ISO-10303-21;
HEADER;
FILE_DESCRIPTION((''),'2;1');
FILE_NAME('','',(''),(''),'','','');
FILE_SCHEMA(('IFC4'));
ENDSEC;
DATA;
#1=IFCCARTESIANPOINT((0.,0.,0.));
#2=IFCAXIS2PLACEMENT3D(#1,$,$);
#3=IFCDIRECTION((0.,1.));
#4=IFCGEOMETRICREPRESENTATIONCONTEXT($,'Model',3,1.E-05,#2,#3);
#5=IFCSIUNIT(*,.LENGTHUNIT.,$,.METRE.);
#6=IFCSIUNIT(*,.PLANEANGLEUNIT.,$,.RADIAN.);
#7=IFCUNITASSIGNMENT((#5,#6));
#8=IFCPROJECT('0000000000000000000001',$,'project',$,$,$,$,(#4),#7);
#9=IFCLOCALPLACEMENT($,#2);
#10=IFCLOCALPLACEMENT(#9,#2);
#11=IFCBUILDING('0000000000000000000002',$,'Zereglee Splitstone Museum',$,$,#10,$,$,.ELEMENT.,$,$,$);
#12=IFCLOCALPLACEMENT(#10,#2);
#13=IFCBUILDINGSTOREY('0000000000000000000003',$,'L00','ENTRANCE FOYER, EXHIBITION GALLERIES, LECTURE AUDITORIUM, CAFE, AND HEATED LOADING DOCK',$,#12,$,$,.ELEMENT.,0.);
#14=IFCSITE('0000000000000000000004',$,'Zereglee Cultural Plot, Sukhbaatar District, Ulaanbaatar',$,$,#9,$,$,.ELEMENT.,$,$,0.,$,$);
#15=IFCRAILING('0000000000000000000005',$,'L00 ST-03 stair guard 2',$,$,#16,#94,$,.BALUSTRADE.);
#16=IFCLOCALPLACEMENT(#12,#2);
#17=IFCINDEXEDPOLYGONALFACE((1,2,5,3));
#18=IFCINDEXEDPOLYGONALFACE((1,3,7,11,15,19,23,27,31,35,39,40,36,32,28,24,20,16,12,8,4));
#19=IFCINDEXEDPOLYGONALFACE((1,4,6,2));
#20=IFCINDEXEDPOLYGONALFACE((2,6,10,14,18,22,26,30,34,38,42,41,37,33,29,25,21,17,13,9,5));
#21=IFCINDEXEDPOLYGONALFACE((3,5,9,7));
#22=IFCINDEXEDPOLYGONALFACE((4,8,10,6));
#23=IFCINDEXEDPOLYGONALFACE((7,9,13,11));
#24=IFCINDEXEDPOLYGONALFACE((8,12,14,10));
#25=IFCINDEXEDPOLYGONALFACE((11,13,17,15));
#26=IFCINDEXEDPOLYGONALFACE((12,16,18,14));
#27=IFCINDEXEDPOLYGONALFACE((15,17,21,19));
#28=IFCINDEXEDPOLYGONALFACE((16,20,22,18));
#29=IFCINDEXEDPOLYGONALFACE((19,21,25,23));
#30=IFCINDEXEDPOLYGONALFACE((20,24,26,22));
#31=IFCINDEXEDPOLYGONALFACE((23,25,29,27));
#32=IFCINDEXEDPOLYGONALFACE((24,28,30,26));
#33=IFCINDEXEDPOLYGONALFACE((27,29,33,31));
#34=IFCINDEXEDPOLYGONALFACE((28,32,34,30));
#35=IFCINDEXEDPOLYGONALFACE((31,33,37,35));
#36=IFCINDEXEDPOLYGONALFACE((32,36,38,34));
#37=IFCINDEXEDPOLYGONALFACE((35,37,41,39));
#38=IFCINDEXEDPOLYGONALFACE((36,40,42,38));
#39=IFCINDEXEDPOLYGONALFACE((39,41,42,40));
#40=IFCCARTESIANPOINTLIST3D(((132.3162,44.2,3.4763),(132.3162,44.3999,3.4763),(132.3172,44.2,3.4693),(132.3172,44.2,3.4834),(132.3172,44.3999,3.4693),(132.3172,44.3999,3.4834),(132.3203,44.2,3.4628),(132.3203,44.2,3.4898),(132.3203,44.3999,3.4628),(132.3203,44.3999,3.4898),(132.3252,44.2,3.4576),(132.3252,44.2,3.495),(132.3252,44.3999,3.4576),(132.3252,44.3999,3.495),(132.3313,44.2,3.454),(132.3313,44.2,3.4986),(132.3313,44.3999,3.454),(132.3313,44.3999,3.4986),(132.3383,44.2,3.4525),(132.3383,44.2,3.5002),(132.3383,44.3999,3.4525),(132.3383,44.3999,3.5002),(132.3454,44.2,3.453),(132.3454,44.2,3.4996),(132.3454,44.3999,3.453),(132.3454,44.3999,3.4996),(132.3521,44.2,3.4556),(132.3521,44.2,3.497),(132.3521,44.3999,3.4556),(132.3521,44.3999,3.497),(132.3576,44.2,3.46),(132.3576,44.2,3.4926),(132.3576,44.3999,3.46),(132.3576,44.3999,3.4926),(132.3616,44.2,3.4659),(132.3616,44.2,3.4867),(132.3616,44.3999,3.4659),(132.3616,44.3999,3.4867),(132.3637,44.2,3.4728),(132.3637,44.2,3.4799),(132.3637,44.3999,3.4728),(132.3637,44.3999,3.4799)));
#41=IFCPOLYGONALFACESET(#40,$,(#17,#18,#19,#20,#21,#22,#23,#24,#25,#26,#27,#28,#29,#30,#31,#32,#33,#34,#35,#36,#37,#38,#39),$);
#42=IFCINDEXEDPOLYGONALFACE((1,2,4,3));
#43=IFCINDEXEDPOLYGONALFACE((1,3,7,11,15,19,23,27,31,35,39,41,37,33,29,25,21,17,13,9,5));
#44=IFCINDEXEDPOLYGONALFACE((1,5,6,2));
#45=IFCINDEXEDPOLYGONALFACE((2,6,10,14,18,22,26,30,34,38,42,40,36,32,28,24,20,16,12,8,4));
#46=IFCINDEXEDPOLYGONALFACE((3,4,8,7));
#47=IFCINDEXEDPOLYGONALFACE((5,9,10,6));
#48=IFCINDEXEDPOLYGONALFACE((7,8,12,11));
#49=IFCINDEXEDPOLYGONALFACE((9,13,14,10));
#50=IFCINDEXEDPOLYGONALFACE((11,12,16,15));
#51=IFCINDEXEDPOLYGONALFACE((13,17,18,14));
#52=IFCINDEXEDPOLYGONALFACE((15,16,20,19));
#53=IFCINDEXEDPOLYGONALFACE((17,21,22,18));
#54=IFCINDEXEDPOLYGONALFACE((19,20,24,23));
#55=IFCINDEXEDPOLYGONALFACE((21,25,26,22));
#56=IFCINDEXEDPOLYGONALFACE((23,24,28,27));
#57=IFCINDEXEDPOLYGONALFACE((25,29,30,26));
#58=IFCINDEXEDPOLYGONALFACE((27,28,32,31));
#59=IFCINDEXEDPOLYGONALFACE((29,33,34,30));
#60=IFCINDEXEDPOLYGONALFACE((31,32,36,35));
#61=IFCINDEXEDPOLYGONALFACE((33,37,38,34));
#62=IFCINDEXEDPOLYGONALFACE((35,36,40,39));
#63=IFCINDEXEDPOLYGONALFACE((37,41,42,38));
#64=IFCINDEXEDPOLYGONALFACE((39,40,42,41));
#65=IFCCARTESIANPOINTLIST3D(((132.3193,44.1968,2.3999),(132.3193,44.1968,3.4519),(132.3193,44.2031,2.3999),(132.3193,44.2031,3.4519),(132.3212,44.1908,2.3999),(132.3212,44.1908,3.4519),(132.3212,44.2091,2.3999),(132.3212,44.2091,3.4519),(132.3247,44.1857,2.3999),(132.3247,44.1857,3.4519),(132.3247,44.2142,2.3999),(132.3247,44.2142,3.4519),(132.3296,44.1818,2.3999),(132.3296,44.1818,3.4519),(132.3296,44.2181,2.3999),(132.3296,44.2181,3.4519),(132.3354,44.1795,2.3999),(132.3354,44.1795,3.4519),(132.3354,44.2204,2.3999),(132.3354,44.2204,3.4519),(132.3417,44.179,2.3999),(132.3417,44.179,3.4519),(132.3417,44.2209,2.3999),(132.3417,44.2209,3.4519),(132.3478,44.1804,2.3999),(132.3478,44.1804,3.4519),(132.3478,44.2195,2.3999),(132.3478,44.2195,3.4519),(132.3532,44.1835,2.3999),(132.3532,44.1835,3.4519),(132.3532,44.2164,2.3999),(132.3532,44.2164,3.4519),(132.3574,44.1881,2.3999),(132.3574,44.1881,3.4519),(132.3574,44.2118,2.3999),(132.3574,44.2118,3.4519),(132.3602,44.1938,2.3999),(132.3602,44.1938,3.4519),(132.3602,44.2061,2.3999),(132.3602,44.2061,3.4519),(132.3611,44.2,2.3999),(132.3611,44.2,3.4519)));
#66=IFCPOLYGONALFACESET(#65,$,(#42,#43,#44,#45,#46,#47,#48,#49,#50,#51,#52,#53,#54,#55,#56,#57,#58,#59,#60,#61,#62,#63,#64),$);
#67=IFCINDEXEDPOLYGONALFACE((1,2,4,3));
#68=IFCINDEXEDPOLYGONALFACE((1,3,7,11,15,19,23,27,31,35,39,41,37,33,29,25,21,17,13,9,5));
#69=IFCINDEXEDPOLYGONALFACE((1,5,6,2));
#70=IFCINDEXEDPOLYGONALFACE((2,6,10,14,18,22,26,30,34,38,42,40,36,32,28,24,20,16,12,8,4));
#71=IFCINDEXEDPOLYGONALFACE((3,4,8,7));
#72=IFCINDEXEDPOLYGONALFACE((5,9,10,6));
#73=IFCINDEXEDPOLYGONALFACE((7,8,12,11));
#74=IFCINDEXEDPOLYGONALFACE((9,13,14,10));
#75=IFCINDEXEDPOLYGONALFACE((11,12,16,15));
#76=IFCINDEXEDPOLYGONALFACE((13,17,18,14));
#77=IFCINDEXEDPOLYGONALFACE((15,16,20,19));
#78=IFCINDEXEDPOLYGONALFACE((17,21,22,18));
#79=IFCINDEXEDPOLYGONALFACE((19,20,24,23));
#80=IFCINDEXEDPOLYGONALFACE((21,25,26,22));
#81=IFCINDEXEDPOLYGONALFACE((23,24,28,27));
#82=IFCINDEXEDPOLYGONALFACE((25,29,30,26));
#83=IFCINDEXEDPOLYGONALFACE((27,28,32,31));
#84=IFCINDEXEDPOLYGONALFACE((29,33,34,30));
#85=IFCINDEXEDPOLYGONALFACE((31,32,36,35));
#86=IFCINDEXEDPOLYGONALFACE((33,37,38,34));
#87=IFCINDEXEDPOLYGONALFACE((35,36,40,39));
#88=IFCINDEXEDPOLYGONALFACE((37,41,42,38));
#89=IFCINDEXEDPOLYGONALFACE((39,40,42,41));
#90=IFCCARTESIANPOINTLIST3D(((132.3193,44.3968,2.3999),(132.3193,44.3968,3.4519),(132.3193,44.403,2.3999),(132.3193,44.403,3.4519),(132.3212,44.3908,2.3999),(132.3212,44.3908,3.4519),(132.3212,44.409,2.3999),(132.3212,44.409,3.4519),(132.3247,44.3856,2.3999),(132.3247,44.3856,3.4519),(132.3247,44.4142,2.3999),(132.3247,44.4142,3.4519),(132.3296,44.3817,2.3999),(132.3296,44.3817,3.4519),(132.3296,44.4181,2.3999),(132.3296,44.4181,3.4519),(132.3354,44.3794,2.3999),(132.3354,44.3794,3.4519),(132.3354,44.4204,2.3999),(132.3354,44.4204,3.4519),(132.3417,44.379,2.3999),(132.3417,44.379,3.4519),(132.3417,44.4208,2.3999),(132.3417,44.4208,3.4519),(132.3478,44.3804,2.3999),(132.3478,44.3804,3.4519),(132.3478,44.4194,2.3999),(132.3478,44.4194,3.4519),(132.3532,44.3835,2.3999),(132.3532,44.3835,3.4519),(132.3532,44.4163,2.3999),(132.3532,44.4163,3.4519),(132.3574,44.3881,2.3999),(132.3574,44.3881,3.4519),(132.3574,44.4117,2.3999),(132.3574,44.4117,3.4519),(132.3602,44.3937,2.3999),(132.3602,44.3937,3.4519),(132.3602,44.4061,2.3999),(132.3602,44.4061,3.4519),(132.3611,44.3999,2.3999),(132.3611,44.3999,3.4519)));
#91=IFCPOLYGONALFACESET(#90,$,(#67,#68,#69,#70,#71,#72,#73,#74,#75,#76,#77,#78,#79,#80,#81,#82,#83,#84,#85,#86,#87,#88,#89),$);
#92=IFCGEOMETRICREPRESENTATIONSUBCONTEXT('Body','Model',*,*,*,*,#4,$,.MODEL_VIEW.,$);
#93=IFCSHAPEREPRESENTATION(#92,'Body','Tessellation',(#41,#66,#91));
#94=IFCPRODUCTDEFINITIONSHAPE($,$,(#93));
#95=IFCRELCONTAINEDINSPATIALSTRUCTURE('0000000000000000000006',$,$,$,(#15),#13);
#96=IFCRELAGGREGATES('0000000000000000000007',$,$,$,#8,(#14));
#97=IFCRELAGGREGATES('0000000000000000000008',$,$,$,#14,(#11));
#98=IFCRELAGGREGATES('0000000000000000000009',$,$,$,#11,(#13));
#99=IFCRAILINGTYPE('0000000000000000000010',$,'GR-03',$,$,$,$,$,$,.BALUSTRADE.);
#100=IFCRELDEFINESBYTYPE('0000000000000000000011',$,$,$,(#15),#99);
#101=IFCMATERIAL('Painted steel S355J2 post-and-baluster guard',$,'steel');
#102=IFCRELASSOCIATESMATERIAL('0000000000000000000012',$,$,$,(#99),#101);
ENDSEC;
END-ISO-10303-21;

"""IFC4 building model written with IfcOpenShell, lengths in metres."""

from ifc_helpers import new_model, si_unit, direction, frame, origin, origin_2d, place, context, subcontext, project, spatial, circle, extrude, material, type_object, element, save


model = new_model("IFC4")

# Units and contexts
model_context = context("Model", 3, precision=1e-05, world=origin(), true_north=direction((0.0, 1.0)))
body_context = subcontext(model_context, "Body", "Model", "MODEL_VIEW")
ifc_project = project(units=[si_unit("LENGTHUNIT", "METRE"), si_unit("PLANEANGLEUNIT", "RADIAN")], contexts=[model_context])

# Site, building, storey
site_placement = place(None, origin())
site = spatial("IfcSite", under=ifc_project, at=site_placement, Name="Zereglee Cultural Plot, Sukhbaatar District, Ulaanbaatar", CompositionType="ELEMENT", RefElevation=0.0)
building_placement = place(site_placement, origin())
building = spatial("IfcBuilding", under=site, at=building_placement, Name="Zereglee Splitstone Museum", CompositionType="ELEMENT")
storey_placement = place(building_placement, origin())
storey = spatial("IfcBuildingStorey", under=building, at=storey_placement, Name="L00", Description="ENTRANCE FOYER, EXHIBITION GALLERIES, LECTURE AUDITORIUM, CAFE, AND HEATED LOADING DOCK", CompositionType="ELEMENT", Elevation=0.0)

# Railing
ifc_material_1 = material(Name="Painted steel S355J2 post-and-baluster guard", Category="steel")
railing_type_1 = type_object("IfcRailingType", Name="GR-03", PredefinedType="BALUSTRADE", material=ifc_material_1)
railing_1_placement = place(storey_placement, frame((132.3401, 44.2, 2.3999)))
element("IfcRailing", 1, at=railing_1_placement, inside=storey, type_object=railing_type_1, Name="L00 ST-03 stair guard 2", PredefinedType="BALUSTRADE", context=body_context, shape_type="SweptSolid", body=[
    extrude(circle(Radius=0.0239, at=origin_2d()), frame((0.0, 0.0, 1.0764), z_axis=(0.0, 1.0, 0.0), x_axis=(-1.0, 0.0, 0.0)), (0.0, 0.0, 1.0), 0.2),
    extrude(circle(Radius=0.021, at=origin_2d()), origin(), (0.0, 0.0, 1.0), 1.052),
    extrude(circle(Radius=0.021, at=origin_2d()), frame((0.0, 0.2, 0.0)), (0.0, 0.0, 1.0), 1.052),
])

save(model, "model.ifc")
